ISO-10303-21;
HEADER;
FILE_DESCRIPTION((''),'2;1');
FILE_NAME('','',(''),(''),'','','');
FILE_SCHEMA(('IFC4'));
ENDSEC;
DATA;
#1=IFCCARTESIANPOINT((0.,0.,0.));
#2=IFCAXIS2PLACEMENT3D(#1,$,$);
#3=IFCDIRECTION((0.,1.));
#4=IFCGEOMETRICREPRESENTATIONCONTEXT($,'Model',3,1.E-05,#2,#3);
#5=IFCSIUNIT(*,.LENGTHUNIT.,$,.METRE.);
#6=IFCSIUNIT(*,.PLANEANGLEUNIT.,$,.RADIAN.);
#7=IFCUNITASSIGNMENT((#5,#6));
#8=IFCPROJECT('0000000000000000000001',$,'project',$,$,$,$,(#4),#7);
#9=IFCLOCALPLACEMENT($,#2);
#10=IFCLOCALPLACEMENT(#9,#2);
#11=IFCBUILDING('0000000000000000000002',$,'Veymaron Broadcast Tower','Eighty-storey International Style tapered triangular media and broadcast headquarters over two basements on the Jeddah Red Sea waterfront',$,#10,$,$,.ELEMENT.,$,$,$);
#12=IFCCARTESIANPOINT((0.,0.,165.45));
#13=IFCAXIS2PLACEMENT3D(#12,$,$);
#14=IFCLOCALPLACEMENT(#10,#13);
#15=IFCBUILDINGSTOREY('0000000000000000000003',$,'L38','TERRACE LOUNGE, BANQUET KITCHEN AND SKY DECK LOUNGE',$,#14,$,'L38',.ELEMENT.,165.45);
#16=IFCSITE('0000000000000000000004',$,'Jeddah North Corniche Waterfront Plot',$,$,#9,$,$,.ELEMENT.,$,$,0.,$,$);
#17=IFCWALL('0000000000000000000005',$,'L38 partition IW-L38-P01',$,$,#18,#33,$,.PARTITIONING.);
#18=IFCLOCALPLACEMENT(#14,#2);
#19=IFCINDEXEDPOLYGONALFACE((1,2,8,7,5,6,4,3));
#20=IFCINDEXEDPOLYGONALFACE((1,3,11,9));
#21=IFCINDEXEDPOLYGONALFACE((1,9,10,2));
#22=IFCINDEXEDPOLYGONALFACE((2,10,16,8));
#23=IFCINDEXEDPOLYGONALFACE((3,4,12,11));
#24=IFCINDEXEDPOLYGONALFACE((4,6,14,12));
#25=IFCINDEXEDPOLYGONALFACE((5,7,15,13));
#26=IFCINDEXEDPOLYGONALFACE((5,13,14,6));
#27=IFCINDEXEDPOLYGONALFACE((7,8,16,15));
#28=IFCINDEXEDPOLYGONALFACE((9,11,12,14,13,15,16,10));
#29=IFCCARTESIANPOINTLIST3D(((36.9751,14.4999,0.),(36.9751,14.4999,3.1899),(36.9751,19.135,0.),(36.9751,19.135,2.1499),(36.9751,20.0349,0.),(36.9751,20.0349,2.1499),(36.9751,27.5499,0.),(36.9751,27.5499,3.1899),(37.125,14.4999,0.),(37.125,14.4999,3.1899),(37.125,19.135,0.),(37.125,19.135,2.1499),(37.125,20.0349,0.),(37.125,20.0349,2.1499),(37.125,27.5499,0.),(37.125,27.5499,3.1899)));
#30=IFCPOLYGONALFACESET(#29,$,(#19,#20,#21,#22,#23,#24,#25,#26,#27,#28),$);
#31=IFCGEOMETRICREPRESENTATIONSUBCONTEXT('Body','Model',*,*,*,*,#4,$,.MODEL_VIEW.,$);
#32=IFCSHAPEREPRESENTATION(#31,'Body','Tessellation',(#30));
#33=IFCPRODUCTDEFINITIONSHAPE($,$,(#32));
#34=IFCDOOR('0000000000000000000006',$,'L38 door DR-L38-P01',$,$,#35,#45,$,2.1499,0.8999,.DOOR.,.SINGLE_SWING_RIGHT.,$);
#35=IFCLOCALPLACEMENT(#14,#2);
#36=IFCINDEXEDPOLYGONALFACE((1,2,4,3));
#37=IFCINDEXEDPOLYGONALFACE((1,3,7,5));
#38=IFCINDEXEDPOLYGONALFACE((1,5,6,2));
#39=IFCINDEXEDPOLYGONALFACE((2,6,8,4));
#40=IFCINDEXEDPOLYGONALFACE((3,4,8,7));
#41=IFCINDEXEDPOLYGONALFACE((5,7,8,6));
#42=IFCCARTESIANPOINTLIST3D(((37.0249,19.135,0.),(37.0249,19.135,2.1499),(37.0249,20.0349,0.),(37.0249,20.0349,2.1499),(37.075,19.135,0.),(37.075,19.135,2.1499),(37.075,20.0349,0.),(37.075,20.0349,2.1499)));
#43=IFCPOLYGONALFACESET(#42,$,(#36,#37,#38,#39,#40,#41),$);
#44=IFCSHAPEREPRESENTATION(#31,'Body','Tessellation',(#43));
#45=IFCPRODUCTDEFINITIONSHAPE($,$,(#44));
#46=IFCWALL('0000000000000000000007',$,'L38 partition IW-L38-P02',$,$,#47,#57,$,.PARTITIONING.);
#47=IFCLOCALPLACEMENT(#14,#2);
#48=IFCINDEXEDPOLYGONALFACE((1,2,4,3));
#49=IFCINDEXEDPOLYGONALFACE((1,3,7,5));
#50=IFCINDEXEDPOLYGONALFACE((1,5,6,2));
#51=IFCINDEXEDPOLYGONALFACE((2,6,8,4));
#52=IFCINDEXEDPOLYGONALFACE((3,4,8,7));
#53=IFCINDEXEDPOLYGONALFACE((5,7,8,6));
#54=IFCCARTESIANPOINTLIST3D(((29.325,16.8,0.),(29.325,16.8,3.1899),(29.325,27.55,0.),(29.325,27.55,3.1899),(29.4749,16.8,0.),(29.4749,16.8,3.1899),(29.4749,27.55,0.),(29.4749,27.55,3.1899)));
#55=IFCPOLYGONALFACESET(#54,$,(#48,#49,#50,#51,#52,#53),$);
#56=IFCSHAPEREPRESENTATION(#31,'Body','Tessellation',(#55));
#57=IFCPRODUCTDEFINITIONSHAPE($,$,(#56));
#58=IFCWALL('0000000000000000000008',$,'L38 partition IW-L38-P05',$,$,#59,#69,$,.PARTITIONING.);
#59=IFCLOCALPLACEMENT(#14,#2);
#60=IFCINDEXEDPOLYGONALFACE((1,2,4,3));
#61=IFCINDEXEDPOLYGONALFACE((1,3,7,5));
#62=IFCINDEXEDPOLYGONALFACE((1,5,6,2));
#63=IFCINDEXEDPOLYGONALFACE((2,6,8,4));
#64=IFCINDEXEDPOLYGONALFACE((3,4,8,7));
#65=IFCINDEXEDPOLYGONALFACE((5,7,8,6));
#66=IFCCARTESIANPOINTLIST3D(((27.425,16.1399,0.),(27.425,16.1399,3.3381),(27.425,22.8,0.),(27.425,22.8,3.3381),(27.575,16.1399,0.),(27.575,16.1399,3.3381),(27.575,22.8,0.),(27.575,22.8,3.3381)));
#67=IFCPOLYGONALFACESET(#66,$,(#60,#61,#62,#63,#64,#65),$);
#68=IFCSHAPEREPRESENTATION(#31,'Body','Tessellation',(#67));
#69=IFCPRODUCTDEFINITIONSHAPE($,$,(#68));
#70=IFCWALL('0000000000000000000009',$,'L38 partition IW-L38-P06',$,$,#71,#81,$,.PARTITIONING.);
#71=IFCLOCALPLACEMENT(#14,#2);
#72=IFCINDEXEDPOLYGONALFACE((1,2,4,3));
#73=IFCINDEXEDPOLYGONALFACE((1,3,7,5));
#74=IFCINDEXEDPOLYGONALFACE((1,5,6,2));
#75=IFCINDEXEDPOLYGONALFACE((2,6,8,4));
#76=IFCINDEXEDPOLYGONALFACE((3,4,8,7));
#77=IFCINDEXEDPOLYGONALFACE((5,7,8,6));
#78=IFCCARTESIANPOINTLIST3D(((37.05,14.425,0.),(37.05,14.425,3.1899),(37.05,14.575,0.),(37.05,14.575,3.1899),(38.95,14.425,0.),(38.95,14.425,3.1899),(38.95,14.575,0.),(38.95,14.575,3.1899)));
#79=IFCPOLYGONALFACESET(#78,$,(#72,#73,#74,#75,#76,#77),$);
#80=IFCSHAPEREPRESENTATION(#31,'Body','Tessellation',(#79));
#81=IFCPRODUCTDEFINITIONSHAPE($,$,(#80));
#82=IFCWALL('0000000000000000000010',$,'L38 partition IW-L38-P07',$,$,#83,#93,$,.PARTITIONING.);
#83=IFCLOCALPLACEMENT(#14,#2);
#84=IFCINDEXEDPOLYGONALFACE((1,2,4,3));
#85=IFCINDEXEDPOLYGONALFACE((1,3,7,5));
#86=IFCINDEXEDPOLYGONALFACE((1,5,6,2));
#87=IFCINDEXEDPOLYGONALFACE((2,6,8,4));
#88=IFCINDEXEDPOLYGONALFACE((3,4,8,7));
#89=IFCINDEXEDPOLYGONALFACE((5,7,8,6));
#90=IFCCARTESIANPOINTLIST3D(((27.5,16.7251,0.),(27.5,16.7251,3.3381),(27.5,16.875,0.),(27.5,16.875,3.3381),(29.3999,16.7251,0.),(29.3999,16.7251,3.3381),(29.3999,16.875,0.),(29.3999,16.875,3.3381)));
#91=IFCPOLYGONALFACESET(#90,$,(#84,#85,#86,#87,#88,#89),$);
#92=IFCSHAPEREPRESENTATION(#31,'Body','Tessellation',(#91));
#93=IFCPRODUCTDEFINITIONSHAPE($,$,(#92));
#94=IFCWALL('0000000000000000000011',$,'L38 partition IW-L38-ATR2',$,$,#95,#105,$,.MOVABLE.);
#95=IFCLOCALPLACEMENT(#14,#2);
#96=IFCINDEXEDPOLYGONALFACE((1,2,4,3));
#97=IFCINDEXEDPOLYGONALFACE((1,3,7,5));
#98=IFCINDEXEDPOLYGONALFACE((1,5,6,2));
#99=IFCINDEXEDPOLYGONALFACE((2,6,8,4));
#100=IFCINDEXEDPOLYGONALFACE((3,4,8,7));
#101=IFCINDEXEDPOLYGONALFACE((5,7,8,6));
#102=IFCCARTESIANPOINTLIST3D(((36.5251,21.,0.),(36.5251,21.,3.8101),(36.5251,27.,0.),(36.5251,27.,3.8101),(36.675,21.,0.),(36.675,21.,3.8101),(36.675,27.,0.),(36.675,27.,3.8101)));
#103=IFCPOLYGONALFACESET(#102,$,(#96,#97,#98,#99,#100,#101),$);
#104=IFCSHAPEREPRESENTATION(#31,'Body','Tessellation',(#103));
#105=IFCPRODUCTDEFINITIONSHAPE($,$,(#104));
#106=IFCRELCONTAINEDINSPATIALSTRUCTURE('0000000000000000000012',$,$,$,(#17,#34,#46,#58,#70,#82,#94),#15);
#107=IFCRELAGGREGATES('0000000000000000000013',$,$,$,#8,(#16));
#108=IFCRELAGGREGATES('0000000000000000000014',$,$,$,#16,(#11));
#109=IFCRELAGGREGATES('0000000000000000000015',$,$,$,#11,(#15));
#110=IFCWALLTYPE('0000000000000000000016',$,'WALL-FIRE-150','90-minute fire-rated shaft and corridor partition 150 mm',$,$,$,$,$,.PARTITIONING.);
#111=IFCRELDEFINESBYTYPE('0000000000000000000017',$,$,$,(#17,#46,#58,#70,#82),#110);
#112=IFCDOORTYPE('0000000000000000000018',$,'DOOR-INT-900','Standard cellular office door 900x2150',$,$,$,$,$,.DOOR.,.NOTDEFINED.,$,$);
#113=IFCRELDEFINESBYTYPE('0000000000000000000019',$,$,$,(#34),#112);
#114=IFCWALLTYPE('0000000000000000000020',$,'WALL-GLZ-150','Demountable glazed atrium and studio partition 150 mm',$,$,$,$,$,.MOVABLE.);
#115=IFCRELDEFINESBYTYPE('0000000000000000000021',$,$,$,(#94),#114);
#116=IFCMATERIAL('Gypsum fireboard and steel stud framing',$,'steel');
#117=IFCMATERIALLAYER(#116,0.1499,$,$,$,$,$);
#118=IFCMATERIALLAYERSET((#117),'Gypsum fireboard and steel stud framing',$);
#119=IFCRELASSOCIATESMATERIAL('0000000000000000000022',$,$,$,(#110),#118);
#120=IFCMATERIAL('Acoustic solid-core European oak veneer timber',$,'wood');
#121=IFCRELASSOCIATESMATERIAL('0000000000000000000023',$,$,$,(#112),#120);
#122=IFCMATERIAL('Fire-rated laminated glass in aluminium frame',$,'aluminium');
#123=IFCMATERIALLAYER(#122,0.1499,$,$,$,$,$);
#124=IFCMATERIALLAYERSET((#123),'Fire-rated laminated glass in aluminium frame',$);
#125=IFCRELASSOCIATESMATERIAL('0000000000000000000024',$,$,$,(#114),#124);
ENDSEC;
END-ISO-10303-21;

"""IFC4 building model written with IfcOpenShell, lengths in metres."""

from ifc_helpers import new_model, si_unit, direction, frame, frame_2d, origin, place, context, subcontext, project, spatial, rectangle, extrude, material, layer, layer_set, type_object, element, fill, save


model = new_model("IFC4")

# Units and contexts
model_context = context("Model", 3, precision=1e-05, world=origin(), true_north=direction((0.0, 1.0)))
body_context = subcontext(model_context, "Body", "Model", "MODEL_VIEW")
ifc_project = project(units=[si_unit("LENGTHUNIT", "METRE"), si_unit("PLANEANGLEUNIT", "RADIAN")], contexts=[model_context])

# Site, building, storey
site_placement = place(None, origin())
site = spatial("IfcSite", under=ifc_project, at=site_placement, Name="Jeddah North Corniche Waterfront Plot", CompositionType="ELEMENT", RefElevation=0.0)
building_placement = place(site_placement, origin())
building = spatial("IfcBuilding", under=site, at=building_placement, Name="Veymaron Broadcast Tower", Description="Eighty-storey International Style tapered triangular media and broadcast headquarters over two basements on the Jeddah Red Sea waterfront", CompositionType="ELEMENT")
storey_placement = place(building_placement, frame((0.0, 0.0, 165.45)))
storey = spatial("IfcBuildingStorey", under=building, at=storey_placement, Name="L38", Description="TERRACE LOUNGE, BANQUET KITCHEN AND SKY DECK LOUNGE", LongName="L38", CompositionType="ELEMENT", Elevation=165.45)

# Wall, opening, door
ifc_material_1 = material(Name="Gypsum fireboard and steel stud framing", Category="steel")
ifc_layer_1 = layer(ifc_material_1, 0.1499)
ifc_layer_set_1 = layer_set([ifc_layer_1], Name="Gypsum fireboard and steel stud framing")
wall_type_1 = type_object("IfcWallType", Name="WALL-FIRE-150", Description="90-minute fire-rated shaft and corridor partition 150 mm", PredefinedType="PARTITIONING", material=ifc_layer_set_1)
wall_1_placement = place(storey_placement, frame((37.05, 14.5, 0.0), z_axis=(0.0, 0.0, 1.0), x_axis=(0.0, 1.0, 0.0)))
wall_1 = element("IfcWall", 1, at=wall_1_placement, inside=storey, type_object=wall_type_1, Name="L38 partition IW-L38-P01", PredefinedType="PARTITIONING", context=body_context, shape_type="SweptSolid", body=[
    extrude(rectangle(XDim=13.05, YDim=0.1499, at=frame_2d((6.5249, 0.0))), origin(), (0.0, 0.0, 1.0), 3.1899),
])
opening_placement = place(wall_1_placement, frame((4.635, 0.0, 0.0)))
opening = element("IfcOpeningElement", 2, at=opening_placement, cuts=wall_1, PredefinedType="OPENING", context=body_context, shape_type="SweptSolid", body=[
    extrude(rectangle(XDim=0.8999, YDim=2.1499, at=frame_2d((0.45, 1.075))), frame((0.0, 0.085, 0.0), z_axis=(0.0, -1.0, 0.0), x_axis=(1.0, 0.0, 0.0)), (0.0, 0.0, 1.0), 0.1699),
])
ifc_material_2 = material(Name="Acoustic solid-core European oak veneer timber", Category="wood")
door_type = type_object("IfcDoorType", Name="DOOR-INT-900", Description="Standard cellular office door 900x2150", OperationType="NOTDEFINED", PredefinedType="DOOR", material=ifc_material_2)
door_placement = place(opening_placement, frame((0.8999, 0.0, 0.0), z_axis=(0.0, 0.0, 1.0), x_axis=(-1.0, 0.0, 0.0)))
door = element("IfcDoor", 3, at=door_placement, inside=storey, type_object=door_type, Name="L38 door DR-L38-P01", OperationType="SINGLE_SWING_RIGHT", OverallHeight=2.1499, OverallWidth=0.8999, PredefinedType="DOOR", context=body_context, shape_type="SweptSolid", body=[
    extrude(rectangle(XDim=0.8999, YDim=2.1499, at=frame_2d((0.45, 1.075))), frame((0.0, 0.0249, 0.0), z_axis=(0.0, -1.0, 0.0), x_axis=(1.0, 0.0, 0.0)), (0.0, 0.0, 1.0), 0.05),
])
fill(opening, door)

# Walls
wall_2_placement = place(storey_placement, frame((29.3999, 16.8, 0.0), z_axis=(0.0, 0.0, 1.0), x_axis=(0.0, 1.0, 0.0)))
element("IfcWall", 4, at=wall_2_placement, inside=storey, type_object=wall_type_1, Name="L38 partition IW-L38-P02", PredefinedType="PARTITIONING", context=body_context, shape_type="SweptSolid", body=[
    extrude(rectangle(XDim=10.75, YDim=0.1499, at=frame_2d((5.375, 0.0))), origin(), (0.0, 0.0, 1.0), 3.1899),
])
wall_3_placement = place(storey_placement, frame((27.5, 16.1399, 0.0), z_axis=(0.0, 0.0, 1.0), x_axis=(0.0, 1.0, 0.0)))
element("IfcWall", 5, at=wall_3_placement, inside=storey, type_object=wall_type_1, Name="L38 partition IW-L38-P05", PredefinedType="PARTITIONING", context=body_context, shape_type="SweptSolid", body=[
    extrude(rectangle(XDim=6.6602, YDim=0.1499, at=frame_2d((3.3301, 0.0))), origin(), (0.0, 0.0, 1.0), 3.3381),
])
wall_4_placement = place(storey_placement, frame((37.05, 14.5, 0.0), z_axis=(0.0, 0.0, 1.0), x_axis=(1.0, 0.0, 0.0)))
element("IfcWall", 6, at=wall_4_placement, inside=storey, type_object=wall_type_1, Name="L38 partition IW-L38-P06", PredefinedType="PARTITIONING", context=body_context, shape_type="SweptSolid", body=[
    extrude(rectangle(XDim=1.8999, YDim=0.1499, at=frame_2d((0.95, 0.0))), origin(), (0.0, 0.0, 1.0), 3.1899),
])
wall_5_placement = place(storey_placement, frame((27.5, 16.8, 0.0), z_axis=(0.0, 0.0, 1.0), x_axis=(1.0, 0.0, 0.0)))
element("IfcWall", 7, at=wall_5_placement, inside=storey, type_object=wall_type_1, Name="L38 partition IW-L38-P07", PredefinedType="PARTITIONING", context=body_context, shape_type="SweptSolid", body=[
    extrude(rectangle(XDim=1.8999, YDim=0.1499, at=frame_2d((0.95, 0.0))), origin(), (0.0, 0.0, 1.0), 3.3381),
])
ifc_material_3 = material(Name="Fire-rated laminated glass in aluminium frame", Category="aluminium")
ifc_layer_2 = layer(ifc_material_3, 0.1499)
ifc_layer_set_2 = layer_set([ifc_layer_2], Name="Fire-rated laminated glass in aluminium frame")
wall_type_2 = type_object("IfcWallType", Name="WALL-GLZ-150", Description="Demountable glazed atrium and studio partition 150 mm", PredefinedType="MOVABLE", material=ifc_layer_set_2)
wall_6_placement = place(storey_placement, frame((36.6001, 21.0, 0.0), z_axis=(0.0, 0.0, 1.0), x_axis=(0.0, 1.0, 0.0)))
element("IfcWall", 8, at=wall_6_placement, inside=storey, type_object=wall_type_2, Name="L38 partition IW-L38-ATR2", PredefinedType="MOVABLE", context=body_context, shape_type="SweptSolid", body=[
    extrude(rectangle(XDim=6.0, YDim=0.1499, at=frame_2d((3.0, 0.0))), origin(), (0.0, 0.0, 1.0), 3.8101),
])

save(model, "model.ifc")
